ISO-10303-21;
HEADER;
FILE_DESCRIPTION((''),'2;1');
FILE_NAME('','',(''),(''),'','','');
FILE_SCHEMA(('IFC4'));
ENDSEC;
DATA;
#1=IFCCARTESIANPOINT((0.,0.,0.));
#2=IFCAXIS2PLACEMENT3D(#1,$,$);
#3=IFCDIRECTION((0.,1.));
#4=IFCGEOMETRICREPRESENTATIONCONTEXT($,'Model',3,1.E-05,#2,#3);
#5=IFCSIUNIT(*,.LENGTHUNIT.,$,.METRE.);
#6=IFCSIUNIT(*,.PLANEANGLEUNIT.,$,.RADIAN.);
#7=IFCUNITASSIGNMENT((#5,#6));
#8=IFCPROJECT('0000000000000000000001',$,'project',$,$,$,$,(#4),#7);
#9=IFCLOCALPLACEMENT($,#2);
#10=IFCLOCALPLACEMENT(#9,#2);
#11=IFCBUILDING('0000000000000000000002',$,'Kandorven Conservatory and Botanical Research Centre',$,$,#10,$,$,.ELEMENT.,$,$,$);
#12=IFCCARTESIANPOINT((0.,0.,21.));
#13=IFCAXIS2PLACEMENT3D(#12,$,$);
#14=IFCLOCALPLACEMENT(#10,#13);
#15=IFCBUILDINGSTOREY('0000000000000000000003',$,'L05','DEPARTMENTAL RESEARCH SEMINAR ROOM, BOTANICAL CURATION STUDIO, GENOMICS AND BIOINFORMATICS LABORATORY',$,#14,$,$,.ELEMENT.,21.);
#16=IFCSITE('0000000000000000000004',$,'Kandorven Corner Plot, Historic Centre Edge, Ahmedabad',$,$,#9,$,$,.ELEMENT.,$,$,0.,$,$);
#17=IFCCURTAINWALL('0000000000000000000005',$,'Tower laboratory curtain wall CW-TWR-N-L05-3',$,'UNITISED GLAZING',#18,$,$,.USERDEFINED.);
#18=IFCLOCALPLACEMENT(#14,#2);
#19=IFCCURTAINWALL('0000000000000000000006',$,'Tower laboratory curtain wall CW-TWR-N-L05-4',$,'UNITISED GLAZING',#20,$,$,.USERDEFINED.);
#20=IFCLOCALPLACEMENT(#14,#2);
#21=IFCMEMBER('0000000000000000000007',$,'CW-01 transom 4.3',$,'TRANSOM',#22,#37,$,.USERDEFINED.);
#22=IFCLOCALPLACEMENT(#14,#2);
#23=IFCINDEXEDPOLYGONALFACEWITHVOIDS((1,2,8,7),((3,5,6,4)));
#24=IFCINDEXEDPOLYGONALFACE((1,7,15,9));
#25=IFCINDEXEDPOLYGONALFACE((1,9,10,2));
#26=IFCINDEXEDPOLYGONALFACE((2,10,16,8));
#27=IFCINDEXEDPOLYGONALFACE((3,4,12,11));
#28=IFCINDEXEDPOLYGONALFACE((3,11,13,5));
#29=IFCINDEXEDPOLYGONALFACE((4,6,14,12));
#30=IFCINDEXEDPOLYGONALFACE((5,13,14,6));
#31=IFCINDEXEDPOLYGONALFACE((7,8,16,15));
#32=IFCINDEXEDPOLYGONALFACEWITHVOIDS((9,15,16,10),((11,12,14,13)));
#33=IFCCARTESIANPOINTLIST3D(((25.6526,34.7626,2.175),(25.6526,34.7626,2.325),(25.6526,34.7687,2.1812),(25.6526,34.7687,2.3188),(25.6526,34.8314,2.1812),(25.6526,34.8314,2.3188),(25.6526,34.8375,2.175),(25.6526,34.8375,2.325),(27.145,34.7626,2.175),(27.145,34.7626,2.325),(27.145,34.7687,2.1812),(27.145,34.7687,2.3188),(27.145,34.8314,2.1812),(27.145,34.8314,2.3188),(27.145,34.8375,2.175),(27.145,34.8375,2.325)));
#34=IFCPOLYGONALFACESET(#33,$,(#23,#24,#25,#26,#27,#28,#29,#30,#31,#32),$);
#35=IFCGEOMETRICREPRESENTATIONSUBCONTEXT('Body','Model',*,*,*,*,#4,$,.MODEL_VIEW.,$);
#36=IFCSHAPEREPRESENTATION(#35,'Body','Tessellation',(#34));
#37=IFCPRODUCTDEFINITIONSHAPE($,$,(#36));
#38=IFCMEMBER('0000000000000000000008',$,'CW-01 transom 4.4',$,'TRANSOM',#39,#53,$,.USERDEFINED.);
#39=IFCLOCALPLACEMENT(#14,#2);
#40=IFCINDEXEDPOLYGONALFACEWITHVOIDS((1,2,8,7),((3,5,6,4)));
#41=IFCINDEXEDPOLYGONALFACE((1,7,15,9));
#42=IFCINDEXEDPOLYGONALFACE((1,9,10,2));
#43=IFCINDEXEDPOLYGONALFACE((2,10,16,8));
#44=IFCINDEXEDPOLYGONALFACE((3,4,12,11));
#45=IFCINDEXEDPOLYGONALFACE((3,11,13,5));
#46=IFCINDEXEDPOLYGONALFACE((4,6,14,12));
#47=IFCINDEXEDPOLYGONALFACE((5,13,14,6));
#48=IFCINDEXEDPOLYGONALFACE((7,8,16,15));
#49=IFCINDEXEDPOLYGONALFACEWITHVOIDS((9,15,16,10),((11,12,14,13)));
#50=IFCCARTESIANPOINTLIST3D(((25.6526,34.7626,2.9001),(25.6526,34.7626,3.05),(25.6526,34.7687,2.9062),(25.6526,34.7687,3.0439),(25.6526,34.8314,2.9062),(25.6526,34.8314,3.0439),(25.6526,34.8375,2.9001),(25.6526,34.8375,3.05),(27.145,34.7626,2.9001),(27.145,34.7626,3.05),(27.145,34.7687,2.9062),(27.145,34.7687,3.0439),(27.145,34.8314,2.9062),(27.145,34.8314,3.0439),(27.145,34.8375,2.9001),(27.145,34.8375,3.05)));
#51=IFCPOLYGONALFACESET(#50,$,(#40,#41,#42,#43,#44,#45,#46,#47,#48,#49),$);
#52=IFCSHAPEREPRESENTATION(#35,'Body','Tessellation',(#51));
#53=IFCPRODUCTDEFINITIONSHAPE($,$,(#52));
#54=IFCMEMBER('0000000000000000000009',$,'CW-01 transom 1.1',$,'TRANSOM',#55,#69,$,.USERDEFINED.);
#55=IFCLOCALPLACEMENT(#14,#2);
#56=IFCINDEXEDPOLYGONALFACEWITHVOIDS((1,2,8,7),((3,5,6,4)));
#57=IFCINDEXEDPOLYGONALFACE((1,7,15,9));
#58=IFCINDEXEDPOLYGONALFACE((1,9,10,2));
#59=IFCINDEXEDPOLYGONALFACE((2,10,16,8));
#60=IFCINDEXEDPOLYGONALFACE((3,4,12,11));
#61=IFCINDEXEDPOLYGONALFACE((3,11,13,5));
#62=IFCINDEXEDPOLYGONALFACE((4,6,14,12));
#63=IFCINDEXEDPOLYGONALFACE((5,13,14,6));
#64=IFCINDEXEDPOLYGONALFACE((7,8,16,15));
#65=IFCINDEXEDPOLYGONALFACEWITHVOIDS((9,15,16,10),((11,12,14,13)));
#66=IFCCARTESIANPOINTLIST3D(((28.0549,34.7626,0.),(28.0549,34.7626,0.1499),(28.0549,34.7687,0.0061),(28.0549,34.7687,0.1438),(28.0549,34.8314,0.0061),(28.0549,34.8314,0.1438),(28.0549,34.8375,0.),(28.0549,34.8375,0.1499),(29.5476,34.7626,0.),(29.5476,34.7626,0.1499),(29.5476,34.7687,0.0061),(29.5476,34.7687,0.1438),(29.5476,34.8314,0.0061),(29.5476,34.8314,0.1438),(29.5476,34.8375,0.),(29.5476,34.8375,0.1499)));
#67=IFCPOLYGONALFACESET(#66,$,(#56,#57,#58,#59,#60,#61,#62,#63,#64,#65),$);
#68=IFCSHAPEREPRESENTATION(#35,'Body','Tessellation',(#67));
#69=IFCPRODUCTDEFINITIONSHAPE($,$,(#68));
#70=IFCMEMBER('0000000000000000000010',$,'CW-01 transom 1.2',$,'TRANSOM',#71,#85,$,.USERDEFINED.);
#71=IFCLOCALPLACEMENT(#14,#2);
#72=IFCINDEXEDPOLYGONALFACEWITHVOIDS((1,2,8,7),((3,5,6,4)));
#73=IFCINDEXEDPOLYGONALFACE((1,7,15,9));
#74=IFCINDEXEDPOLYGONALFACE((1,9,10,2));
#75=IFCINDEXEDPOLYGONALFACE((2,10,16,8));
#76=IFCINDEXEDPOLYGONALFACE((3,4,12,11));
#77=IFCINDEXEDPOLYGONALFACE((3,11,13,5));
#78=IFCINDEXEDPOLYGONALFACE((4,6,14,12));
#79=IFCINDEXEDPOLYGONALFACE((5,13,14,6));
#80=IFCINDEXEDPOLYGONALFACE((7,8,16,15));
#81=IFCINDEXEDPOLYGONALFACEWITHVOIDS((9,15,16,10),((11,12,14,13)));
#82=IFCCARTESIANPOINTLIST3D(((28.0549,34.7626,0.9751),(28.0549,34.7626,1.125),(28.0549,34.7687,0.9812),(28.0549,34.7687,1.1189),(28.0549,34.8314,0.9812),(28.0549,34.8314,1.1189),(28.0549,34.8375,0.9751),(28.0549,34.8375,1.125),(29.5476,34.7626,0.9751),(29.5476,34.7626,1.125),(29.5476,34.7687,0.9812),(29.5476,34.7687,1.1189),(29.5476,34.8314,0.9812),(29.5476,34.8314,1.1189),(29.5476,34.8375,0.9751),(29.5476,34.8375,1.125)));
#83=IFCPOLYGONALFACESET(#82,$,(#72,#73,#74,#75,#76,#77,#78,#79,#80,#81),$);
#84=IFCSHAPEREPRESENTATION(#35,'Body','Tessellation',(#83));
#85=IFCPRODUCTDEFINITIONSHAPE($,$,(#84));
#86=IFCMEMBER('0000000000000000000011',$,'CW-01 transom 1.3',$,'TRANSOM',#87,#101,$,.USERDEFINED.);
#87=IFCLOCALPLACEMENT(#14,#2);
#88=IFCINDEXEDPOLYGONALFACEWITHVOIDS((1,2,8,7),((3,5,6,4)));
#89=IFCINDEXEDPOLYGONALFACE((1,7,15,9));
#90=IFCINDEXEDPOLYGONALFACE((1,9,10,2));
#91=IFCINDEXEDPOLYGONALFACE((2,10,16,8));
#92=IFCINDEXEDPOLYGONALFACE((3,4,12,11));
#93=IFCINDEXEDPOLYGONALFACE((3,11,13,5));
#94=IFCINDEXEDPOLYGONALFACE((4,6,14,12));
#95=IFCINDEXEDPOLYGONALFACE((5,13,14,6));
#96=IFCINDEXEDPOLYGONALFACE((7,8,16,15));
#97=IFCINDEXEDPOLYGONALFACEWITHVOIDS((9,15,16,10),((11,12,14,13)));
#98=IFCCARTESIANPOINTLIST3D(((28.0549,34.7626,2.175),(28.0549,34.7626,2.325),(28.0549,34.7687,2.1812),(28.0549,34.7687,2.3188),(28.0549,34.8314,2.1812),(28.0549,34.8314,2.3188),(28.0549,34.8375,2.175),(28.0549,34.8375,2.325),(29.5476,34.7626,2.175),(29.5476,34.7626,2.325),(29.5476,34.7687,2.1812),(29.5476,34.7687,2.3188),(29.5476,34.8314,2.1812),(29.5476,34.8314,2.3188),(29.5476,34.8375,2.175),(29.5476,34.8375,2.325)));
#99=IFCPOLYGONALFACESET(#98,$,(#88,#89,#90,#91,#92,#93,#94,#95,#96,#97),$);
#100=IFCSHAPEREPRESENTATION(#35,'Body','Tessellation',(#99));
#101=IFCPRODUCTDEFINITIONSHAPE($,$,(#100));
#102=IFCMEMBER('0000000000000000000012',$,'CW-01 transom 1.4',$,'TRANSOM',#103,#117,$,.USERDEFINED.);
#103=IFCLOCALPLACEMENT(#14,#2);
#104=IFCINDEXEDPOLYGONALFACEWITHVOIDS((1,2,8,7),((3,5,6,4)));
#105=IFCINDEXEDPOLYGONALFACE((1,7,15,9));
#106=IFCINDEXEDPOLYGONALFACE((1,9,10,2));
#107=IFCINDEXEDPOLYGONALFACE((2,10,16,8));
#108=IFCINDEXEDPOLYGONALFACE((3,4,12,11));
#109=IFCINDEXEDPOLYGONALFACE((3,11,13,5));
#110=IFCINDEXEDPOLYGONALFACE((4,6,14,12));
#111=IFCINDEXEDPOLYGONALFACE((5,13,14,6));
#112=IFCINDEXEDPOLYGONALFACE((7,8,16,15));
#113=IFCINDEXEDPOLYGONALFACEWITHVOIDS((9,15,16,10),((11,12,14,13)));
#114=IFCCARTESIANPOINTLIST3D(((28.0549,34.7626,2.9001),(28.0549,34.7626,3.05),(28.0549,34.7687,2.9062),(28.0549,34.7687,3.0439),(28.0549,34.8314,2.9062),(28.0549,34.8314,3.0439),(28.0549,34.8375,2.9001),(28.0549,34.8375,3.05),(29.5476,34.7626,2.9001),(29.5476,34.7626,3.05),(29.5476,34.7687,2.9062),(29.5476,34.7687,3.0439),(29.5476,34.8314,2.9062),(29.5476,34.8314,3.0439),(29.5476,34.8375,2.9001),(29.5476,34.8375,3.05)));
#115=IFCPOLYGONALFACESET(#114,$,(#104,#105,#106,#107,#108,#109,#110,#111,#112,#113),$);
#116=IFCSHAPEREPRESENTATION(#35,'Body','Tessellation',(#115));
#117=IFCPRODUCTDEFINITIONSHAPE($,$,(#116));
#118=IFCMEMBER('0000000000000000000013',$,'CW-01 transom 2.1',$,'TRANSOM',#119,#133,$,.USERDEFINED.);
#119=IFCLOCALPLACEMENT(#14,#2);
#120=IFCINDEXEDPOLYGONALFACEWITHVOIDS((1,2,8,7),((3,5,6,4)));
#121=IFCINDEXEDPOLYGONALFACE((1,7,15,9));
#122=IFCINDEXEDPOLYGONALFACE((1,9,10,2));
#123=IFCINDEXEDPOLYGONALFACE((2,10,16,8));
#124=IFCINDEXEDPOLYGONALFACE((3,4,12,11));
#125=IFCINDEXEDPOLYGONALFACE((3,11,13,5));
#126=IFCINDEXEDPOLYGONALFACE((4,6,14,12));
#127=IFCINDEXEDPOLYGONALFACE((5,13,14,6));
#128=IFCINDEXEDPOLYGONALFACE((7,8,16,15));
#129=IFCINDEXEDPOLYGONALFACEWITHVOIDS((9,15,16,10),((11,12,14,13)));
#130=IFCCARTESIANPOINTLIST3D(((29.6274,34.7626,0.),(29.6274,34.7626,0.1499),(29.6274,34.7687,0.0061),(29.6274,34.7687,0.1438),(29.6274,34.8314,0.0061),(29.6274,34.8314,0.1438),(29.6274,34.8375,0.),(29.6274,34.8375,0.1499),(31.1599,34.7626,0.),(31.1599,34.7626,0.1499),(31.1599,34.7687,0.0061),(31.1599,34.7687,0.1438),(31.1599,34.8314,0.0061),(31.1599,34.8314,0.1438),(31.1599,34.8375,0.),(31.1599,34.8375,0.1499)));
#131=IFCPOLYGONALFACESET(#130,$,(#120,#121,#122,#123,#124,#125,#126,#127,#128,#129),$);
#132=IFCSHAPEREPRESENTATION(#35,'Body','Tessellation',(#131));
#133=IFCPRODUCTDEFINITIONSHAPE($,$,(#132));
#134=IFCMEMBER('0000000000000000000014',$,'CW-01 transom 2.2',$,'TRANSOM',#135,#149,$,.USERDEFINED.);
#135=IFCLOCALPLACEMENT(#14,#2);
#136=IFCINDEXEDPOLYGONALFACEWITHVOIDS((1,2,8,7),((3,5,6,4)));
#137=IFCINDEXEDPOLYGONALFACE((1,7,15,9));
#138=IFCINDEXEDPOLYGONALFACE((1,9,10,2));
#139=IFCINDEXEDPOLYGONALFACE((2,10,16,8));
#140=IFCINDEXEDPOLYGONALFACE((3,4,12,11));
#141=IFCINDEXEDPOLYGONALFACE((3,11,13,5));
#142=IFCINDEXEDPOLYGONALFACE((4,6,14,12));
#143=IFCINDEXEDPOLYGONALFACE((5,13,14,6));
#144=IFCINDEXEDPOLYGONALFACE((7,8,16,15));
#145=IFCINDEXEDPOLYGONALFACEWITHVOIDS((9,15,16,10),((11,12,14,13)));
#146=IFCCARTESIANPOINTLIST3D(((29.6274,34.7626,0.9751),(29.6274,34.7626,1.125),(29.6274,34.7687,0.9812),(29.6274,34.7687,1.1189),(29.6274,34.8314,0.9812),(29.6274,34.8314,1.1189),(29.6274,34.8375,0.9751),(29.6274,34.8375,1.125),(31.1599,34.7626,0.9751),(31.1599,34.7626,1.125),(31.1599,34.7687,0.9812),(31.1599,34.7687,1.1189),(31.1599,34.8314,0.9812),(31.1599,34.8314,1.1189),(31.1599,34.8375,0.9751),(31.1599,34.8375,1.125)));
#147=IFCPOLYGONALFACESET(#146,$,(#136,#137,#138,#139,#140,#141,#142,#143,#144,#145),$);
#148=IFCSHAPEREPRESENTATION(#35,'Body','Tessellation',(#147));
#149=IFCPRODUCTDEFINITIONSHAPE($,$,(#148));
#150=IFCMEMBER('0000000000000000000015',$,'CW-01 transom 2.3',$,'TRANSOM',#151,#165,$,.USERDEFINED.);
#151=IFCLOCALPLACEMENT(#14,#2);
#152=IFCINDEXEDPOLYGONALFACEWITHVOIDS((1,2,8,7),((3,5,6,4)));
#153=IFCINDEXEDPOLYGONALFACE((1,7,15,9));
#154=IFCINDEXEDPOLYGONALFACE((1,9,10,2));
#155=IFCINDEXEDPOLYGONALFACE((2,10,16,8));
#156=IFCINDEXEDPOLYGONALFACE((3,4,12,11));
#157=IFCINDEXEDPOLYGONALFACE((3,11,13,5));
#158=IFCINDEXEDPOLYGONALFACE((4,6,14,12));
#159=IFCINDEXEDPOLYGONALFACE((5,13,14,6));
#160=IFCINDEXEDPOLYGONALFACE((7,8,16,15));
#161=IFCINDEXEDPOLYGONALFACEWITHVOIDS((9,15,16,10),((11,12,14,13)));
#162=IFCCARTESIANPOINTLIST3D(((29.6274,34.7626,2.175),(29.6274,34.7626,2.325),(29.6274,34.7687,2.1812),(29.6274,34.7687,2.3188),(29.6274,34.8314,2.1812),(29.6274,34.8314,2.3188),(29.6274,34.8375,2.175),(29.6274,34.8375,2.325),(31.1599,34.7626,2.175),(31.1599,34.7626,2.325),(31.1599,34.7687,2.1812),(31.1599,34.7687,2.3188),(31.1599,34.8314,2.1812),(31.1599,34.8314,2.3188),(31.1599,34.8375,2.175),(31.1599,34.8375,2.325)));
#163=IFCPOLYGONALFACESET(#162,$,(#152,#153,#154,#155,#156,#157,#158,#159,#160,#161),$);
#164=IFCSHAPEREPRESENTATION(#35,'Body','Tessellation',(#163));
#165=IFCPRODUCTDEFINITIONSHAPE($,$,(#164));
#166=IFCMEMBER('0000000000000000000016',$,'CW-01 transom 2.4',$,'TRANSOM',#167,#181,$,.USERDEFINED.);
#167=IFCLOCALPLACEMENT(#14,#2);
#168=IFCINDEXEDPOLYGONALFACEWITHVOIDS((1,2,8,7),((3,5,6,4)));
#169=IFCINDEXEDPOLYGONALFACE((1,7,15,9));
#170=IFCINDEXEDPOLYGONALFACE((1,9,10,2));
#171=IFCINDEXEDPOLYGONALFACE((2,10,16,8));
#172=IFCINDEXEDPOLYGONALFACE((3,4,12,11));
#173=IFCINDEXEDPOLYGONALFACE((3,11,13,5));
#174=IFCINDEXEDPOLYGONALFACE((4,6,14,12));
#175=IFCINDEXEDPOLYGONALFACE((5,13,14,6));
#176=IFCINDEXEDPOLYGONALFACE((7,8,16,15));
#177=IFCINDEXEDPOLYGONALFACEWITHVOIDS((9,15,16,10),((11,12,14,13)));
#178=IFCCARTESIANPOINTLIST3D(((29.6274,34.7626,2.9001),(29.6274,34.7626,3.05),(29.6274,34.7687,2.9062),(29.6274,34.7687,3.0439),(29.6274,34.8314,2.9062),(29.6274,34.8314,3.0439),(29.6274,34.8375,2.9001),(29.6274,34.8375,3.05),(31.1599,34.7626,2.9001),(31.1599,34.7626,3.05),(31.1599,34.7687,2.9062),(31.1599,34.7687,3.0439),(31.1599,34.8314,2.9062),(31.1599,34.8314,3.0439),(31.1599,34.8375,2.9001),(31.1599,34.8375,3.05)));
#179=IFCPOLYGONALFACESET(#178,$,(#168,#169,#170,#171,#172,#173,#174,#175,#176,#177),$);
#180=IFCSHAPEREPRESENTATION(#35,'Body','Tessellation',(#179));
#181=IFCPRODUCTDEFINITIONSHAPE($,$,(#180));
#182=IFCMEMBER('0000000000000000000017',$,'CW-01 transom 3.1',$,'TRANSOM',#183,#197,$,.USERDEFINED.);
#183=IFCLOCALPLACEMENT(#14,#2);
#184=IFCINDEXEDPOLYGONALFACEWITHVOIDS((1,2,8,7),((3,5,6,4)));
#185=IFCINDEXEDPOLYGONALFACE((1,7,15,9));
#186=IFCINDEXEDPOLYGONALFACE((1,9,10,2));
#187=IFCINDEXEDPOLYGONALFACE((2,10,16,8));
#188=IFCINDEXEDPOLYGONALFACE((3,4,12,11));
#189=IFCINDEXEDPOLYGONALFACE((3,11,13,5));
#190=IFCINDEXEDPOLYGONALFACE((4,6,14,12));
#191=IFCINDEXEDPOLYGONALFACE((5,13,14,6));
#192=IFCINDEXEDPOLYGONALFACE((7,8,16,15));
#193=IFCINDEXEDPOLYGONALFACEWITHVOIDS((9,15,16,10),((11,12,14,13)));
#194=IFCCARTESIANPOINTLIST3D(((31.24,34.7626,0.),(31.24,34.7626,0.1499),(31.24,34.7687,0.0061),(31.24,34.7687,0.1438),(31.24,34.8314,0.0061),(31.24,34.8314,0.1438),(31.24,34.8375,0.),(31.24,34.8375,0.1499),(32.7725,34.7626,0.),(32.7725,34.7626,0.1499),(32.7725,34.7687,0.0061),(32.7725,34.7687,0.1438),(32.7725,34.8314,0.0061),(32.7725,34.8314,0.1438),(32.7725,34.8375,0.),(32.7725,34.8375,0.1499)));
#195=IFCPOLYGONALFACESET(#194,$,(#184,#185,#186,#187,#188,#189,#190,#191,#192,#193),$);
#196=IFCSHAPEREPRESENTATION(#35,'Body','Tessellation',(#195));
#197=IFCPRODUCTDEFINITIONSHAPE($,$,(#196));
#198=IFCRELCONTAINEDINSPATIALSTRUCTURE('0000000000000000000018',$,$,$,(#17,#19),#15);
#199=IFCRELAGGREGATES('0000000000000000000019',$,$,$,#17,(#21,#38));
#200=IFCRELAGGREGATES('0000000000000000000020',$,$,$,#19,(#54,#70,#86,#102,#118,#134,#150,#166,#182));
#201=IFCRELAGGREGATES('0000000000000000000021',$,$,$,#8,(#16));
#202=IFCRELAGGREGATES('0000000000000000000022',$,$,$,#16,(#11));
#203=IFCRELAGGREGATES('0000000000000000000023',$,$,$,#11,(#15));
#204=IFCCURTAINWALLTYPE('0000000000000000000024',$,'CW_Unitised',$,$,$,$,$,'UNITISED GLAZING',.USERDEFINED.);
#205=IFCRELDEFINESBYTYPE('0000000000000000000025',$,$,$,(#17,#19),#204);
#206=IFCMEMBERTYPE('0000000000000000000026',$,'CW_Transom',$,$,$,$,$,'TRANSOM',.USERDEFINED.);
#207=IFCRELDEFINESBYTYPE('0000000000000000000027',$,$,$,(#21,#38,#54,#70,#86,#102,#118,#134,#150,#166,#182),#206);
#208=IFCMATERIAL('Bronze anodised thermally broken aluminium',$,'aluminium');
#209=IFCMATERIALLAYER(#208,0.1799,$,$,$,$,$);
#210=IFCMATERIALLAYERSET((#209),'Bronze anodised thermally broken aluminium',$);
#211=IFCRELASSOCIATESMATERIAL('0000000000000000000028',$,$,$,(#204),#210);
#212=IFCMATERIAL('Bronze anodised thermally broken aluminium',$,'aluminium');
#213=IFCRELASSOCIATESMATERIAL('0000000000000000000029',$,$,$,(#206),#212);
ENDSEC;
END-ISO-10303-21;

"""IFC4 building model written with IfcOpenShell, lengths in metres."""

from ifc_helpers import new_model, si_unit, direction, frame, origin, origin_2d, place, context, subcontext, project, spatial, hollow_rectangle, extrude, material, layer, layer_set, material_profile, profile_set, type_object, element, aggregate, save


model = new_model("IFC4")

# Units and contexts
model_context = context("Model", 3, precision=1e-05, world=origin(), true_north=direction((0.0, 1.0)))
body_context = subcontext(model_context, "Body", "Model", "MODEL_VIEW")
ifc_project = project(units=[si_unit("LENGTHUNIT", "METRE"), si_unit("PLANEANGLEUNIT", "RADIAN")], contexts=[model_context])

# Site, building, storey
site_placement = place(None, origin())
site = spatial("IfcSite", under=ifc_project, at=site_placement, Name="Kandorven Corner Plot, Historic Centre Edge, Ahmedabad", CompositionType="ELEMENT", RefElevation=0.0)
building_placement = place(site_placement, origin())
building = spatial("IfcBuilding", under=site, at=building_placement, Name="Kandorven Conservatory and Botanical Research Centre", CompositionType="ELEMENT")
storey_placement = place(building_placement, frame((0.0, 0.0, 21.0)))
storey = spatial("IfcBuildingStorey", under=building, at=storey_placement, Name="L05", Description="DEPARTMENTAL RESEARCH SEMINAR ROOM, BOTANICAL CURATION STUDIO, GENOMICS AND BIOINFORMATICS LABORATORY", CompositionType="ELEMENT", Elevation=21.0)

# Curtain walls
ifc_material_1 = material(Name="Bronze anodised thermally broken aluminium", Category="aluminium")
ifc_layer_1 = layer(ifc_material_1, 0.1799)
ifc_layer_set_1 = layer_set([ifc_layer_1], Name="Bronze anodised thermally broken aluminium")
curtain_wall_type = type_object("IfcCurtainWallType", Name="CW_Unitised", ElementType="UNITISED GLAZING", PredefinedType="USERDEFINED", material=ifc_layer_set_1)
curtain_wall_1_placement = place(storey_placement, origin())
curtain_wall_1 = element("IfcCurtainWall", 1, at=curtain_wall_1_placement, inside=storey, type_object=curtain_wall_type, Name="Tower laboratory curtain wall CW-TWR-N-L05-3", ObjectType="UNITISED GLAZING", PredefinedType="USERDEFINED")
curtain_wall_2_placement = place(storey_placement, origin())
curtain_wall_2 = element("IfcCurtainWall", 2, at=curtain_wall_2_placement, inside=storey, type_object=curtain_wall_type, Name="Tower laboratory curtain wall CW-TWR-N-L05-4", ObjectType="UNITISED GLAZING", PredefinedType="USERDEFINED")

# Members
ifc_material_2 = material(Name="Bronze anodised thermally broken aluminium", Category="aluminium")
ifc_material_profile_1 = material_profile(ifc_material_2, hollow_rectangle(XDim=0.075, YDim=0.1499, WallThickness=0.0061, at=origin_2d()))
ifc_profile_set_1 = profile_set([ifc_material_profile_1], Name="Bronze anodised thermally broken aluminium")
member_type_1 = type_object("IfcMemberType", Name="CW_Transom", ElementType="TRANSOM", PredefinedType="USERDEFINED", material=ifc_profile_set_1)
member_1_placement = place(storey_placement, frame((25.6526, 34.8, 2.25), z_axis=(1.0, 0.0, 0.0), x_axis=(0.0, 1.0, 0.0)))
member_1 = element("IfcMember", 3, at=member_1_placement, type_object=member_type_1, Name="CW-01 transom 4.3", ObjectType="TRANSOM", PredefinedType="USERDEFINED", context=body_context, shape_type="SweptSolid", body=[
    extrude(hollow_rectangle(XDim=0.075, YDim=0.1499, WallThickness=0.0061, at=origin_2d()), origin(), (0.0, 0.0, 1.0), 1.4924),
])
member_2_placement = place(storey_placement, frame((25.6526, 34.8, 2.9751), z_axis=(1.0, 0.0, 0.0), x_axis=(0.0, 1.0, 0.0)))
member_2 = element("IfcMember", 4, at=member_2_placement, type_object=member_type_1, Name="CW-01 transom 4.4", ObjectType="TRANSOM", PredefinedType="USERDEFINED", context=body_context, shape_type="SweptSolid", body=[
    extrude(hollow_rectangle(XDim=0.075, YDim=0.1499, WallThickness=0.0061, at=origin_2d()), origin(), (0.0, 0.0, 1.0), 1.4924),
])
member_3_placement = place(storey_placement, frame((28.0549, 34.8, 0.075), z_axis=(1.0, 0.0, 0.0), x_axis=(0.0, 1.0, 0.0)))
member_3 = element("IfcMember", 5, at=member_3_placement, type_object=member_type_1, Name="CW-01 transom 1.1", ObjectType="TRANSOM", PredefinedType="USERDEFINED", context=body_context, shape_type="SweptSolid", body=[
    extrude(hollow_rectangle(XDim=0.075, YDim=0.1499, WallThickness=0.0061, at=origin_2d()), origin(), (0.0, 0.0, 1.0), 1.4927),
])
member_4_placement = place(storey_placement, frame((28.0549, 34.8, 1.05), z_axis=(1.0, 0.0, 0.0), x_axis=(0.0, 1.0, 0.0)))
member_4 = element("IfcMember", 6, at=member_4_placement, type_object=member_type_1, Name="CW-01 transom 1.2", ObjectType="TRANSOM", PredefinedType="USERDEFINED", context=body_context, shape_type="SweptSolid", body=[
    extrude(hollow_rectangle(XDim=0.075, YDim=0.1499, WallThickness=0.0061, at=origin_2d()), origin(), (0.0, 0.0, 1.0), 1.4927),
])
member_5_placement = place(storey_placement, frame((28.0549, 34.8, 2.25), z_axis=(1.0, 0.0, 0.0), x_axis=(0.0, 1.0, 0.0)))
member_5 = element("IfcMember", 7, at=member_5_placement, type_object=member_type_1, Name="CW-01 transom 1.3", ObjectType="TRANSOM", PredefinedType="USERDEFINED", context=body_context, shape_type="SweptSolid", body=[
    extrude(hollow_rectangle(XDim=0.075, YDim=0.1499, WallThickness=0.0061, at=origin_2d()), origin(), (0.0, 0.0, 1.0), 1.4927),
])
member_6_placement = place(storey_placement, frame((28.0549, 34.8, 2.9751), z_axis=(1.0, 0.0, 0.0), x_axis=(0.0, 1.0, 0.0)))
member_6 = element("IfcMember", 8, at=member_6_placement, type_object=member_type_1, Name="CW-01 transom 1.4", ObjectType="TRANSOM", PredefinedType="USERDEFINED", context=body_context, shape_type="SweptSolid", body=[
    extrude(hollow_rectangle(XDim=0.075, YDim=0.1499, WallThickness=0.0061, at=origin_2d()), origin(), (0.0, 0.0, 1.0), 1.4927),
])
member_7_placement = place(storey_placement, frame((29.6274, 34.8, 0.075), z_axis=(1.0, 0.0, 0.0), x_axis=(0.0, 1.0, 0.0)))
member_7 = element("IfcMember", 9, at=member_7_placement, type_object=member_type_1, Name="CW-01 transom 2.1", ObjectType="TRANSOM", PredefinedType="USERDEFINED", context=body_context, shape_type="SweptSolid", body=[
    extrude(hollow_rectangle(XDim=0.075, YDim=0.1499, WallThickness=0.0061, at=origin_2d()), origin(), (0.0, 0.0, 1.0), 1.5325),
])
member_8_placement = place(storey_placement, frame((29.6274, 34.8, 1.05), z_axis=(1.0, 0.0, 0.0), x_axis=(0.0, 1.0, 0.0)))
member_8 = element("IfcMember", 10, at=member_8_placement, type_object=member_type_1, Name="CW-01 transom 2.2", ObjectType="TRANSOM", PredefinedType="USERDEFINED", context=body_context, shape_type="SweptSolid", body=[
    extrude(hollow_rectangle(XDim=0.075, YDim=0.1499, WallThickness=0.0061, at=origin_2d()), origin(), (0.0, 0.0, 1.0), 1.5325),
])
member_9_placement = place(storey_placement, frame((29.6274, 34.8, 2.25), z_axis=(1.0, 0.0, 0.0), x_axis=(0.0, 1.0, 0.0)))
member_9 = element("IfcMember", 11, at=member_9_placement, type_object=member_type_1, Name="CW-01 transom 2.3", ObjectType="TRANSOM", PredefinedType="USERDEFINED", context=body_context, shape_type="SweptSolid", body=[
    extrude(hollow_rectangle(XDim=0.075, YDim=0.1499, WallThickness=0.0061, at=origin_2d()), origin(), (0.0, 0.0, 1.0), 1.5325),
])
member_10_placement = place(storey_placement, frame((29.6274, 34.8, 2.9751), z_axis=(1.0, 0.0, 0.0), x_axis=(0.0, 1.0, 0.0)))
member_10 = element("IfcMember", 12, at=member_10_placement, type_object=member_type_1, Name="CW-01 transom 2.4", ObjectType="TRANSOM", PredefinedType="USERDEFINED", context=body_context, shape_type="SweptSolid", body=[
    extrude(hollow_rectangle(XDim=0.075, YDim=0.1499, WallThickness=0.0061, at=origin_2d()), origin(), (0.0, 0.0, 1.0), 1.5325),
])
member_11_placement = place(storey_placement, frame((31.24, 34.8, 0.075), z_axis=(1.0, 0.0, 0.0), x_axis=(0.0, 1.0, 0.0)))
member_11 = element("IfcMember", 13, at=member_11_placement, type_object=member_type_1, Name="CW-01 transom 3.1", ObjectType="TRANSOM", PredefinedType="USERDEFINED", context=body_context, shape_type="SweptSolid", body=[
    extrude(hollow_rectangle(XDim=0.075, YDim=0.1499, WallThickness=0.0061, at=origin_2d()), origin(), (0.0, 0.0, 1.0), 1.5325),
])

aggregate(curtain_wall_1, [member_1, member_2])
aggregate(curtain_wall_2, [member_3, member_4, member_5, member_6, member_7, member_8, member_9, member_10, member_11])

save(model, "model.ifc")
